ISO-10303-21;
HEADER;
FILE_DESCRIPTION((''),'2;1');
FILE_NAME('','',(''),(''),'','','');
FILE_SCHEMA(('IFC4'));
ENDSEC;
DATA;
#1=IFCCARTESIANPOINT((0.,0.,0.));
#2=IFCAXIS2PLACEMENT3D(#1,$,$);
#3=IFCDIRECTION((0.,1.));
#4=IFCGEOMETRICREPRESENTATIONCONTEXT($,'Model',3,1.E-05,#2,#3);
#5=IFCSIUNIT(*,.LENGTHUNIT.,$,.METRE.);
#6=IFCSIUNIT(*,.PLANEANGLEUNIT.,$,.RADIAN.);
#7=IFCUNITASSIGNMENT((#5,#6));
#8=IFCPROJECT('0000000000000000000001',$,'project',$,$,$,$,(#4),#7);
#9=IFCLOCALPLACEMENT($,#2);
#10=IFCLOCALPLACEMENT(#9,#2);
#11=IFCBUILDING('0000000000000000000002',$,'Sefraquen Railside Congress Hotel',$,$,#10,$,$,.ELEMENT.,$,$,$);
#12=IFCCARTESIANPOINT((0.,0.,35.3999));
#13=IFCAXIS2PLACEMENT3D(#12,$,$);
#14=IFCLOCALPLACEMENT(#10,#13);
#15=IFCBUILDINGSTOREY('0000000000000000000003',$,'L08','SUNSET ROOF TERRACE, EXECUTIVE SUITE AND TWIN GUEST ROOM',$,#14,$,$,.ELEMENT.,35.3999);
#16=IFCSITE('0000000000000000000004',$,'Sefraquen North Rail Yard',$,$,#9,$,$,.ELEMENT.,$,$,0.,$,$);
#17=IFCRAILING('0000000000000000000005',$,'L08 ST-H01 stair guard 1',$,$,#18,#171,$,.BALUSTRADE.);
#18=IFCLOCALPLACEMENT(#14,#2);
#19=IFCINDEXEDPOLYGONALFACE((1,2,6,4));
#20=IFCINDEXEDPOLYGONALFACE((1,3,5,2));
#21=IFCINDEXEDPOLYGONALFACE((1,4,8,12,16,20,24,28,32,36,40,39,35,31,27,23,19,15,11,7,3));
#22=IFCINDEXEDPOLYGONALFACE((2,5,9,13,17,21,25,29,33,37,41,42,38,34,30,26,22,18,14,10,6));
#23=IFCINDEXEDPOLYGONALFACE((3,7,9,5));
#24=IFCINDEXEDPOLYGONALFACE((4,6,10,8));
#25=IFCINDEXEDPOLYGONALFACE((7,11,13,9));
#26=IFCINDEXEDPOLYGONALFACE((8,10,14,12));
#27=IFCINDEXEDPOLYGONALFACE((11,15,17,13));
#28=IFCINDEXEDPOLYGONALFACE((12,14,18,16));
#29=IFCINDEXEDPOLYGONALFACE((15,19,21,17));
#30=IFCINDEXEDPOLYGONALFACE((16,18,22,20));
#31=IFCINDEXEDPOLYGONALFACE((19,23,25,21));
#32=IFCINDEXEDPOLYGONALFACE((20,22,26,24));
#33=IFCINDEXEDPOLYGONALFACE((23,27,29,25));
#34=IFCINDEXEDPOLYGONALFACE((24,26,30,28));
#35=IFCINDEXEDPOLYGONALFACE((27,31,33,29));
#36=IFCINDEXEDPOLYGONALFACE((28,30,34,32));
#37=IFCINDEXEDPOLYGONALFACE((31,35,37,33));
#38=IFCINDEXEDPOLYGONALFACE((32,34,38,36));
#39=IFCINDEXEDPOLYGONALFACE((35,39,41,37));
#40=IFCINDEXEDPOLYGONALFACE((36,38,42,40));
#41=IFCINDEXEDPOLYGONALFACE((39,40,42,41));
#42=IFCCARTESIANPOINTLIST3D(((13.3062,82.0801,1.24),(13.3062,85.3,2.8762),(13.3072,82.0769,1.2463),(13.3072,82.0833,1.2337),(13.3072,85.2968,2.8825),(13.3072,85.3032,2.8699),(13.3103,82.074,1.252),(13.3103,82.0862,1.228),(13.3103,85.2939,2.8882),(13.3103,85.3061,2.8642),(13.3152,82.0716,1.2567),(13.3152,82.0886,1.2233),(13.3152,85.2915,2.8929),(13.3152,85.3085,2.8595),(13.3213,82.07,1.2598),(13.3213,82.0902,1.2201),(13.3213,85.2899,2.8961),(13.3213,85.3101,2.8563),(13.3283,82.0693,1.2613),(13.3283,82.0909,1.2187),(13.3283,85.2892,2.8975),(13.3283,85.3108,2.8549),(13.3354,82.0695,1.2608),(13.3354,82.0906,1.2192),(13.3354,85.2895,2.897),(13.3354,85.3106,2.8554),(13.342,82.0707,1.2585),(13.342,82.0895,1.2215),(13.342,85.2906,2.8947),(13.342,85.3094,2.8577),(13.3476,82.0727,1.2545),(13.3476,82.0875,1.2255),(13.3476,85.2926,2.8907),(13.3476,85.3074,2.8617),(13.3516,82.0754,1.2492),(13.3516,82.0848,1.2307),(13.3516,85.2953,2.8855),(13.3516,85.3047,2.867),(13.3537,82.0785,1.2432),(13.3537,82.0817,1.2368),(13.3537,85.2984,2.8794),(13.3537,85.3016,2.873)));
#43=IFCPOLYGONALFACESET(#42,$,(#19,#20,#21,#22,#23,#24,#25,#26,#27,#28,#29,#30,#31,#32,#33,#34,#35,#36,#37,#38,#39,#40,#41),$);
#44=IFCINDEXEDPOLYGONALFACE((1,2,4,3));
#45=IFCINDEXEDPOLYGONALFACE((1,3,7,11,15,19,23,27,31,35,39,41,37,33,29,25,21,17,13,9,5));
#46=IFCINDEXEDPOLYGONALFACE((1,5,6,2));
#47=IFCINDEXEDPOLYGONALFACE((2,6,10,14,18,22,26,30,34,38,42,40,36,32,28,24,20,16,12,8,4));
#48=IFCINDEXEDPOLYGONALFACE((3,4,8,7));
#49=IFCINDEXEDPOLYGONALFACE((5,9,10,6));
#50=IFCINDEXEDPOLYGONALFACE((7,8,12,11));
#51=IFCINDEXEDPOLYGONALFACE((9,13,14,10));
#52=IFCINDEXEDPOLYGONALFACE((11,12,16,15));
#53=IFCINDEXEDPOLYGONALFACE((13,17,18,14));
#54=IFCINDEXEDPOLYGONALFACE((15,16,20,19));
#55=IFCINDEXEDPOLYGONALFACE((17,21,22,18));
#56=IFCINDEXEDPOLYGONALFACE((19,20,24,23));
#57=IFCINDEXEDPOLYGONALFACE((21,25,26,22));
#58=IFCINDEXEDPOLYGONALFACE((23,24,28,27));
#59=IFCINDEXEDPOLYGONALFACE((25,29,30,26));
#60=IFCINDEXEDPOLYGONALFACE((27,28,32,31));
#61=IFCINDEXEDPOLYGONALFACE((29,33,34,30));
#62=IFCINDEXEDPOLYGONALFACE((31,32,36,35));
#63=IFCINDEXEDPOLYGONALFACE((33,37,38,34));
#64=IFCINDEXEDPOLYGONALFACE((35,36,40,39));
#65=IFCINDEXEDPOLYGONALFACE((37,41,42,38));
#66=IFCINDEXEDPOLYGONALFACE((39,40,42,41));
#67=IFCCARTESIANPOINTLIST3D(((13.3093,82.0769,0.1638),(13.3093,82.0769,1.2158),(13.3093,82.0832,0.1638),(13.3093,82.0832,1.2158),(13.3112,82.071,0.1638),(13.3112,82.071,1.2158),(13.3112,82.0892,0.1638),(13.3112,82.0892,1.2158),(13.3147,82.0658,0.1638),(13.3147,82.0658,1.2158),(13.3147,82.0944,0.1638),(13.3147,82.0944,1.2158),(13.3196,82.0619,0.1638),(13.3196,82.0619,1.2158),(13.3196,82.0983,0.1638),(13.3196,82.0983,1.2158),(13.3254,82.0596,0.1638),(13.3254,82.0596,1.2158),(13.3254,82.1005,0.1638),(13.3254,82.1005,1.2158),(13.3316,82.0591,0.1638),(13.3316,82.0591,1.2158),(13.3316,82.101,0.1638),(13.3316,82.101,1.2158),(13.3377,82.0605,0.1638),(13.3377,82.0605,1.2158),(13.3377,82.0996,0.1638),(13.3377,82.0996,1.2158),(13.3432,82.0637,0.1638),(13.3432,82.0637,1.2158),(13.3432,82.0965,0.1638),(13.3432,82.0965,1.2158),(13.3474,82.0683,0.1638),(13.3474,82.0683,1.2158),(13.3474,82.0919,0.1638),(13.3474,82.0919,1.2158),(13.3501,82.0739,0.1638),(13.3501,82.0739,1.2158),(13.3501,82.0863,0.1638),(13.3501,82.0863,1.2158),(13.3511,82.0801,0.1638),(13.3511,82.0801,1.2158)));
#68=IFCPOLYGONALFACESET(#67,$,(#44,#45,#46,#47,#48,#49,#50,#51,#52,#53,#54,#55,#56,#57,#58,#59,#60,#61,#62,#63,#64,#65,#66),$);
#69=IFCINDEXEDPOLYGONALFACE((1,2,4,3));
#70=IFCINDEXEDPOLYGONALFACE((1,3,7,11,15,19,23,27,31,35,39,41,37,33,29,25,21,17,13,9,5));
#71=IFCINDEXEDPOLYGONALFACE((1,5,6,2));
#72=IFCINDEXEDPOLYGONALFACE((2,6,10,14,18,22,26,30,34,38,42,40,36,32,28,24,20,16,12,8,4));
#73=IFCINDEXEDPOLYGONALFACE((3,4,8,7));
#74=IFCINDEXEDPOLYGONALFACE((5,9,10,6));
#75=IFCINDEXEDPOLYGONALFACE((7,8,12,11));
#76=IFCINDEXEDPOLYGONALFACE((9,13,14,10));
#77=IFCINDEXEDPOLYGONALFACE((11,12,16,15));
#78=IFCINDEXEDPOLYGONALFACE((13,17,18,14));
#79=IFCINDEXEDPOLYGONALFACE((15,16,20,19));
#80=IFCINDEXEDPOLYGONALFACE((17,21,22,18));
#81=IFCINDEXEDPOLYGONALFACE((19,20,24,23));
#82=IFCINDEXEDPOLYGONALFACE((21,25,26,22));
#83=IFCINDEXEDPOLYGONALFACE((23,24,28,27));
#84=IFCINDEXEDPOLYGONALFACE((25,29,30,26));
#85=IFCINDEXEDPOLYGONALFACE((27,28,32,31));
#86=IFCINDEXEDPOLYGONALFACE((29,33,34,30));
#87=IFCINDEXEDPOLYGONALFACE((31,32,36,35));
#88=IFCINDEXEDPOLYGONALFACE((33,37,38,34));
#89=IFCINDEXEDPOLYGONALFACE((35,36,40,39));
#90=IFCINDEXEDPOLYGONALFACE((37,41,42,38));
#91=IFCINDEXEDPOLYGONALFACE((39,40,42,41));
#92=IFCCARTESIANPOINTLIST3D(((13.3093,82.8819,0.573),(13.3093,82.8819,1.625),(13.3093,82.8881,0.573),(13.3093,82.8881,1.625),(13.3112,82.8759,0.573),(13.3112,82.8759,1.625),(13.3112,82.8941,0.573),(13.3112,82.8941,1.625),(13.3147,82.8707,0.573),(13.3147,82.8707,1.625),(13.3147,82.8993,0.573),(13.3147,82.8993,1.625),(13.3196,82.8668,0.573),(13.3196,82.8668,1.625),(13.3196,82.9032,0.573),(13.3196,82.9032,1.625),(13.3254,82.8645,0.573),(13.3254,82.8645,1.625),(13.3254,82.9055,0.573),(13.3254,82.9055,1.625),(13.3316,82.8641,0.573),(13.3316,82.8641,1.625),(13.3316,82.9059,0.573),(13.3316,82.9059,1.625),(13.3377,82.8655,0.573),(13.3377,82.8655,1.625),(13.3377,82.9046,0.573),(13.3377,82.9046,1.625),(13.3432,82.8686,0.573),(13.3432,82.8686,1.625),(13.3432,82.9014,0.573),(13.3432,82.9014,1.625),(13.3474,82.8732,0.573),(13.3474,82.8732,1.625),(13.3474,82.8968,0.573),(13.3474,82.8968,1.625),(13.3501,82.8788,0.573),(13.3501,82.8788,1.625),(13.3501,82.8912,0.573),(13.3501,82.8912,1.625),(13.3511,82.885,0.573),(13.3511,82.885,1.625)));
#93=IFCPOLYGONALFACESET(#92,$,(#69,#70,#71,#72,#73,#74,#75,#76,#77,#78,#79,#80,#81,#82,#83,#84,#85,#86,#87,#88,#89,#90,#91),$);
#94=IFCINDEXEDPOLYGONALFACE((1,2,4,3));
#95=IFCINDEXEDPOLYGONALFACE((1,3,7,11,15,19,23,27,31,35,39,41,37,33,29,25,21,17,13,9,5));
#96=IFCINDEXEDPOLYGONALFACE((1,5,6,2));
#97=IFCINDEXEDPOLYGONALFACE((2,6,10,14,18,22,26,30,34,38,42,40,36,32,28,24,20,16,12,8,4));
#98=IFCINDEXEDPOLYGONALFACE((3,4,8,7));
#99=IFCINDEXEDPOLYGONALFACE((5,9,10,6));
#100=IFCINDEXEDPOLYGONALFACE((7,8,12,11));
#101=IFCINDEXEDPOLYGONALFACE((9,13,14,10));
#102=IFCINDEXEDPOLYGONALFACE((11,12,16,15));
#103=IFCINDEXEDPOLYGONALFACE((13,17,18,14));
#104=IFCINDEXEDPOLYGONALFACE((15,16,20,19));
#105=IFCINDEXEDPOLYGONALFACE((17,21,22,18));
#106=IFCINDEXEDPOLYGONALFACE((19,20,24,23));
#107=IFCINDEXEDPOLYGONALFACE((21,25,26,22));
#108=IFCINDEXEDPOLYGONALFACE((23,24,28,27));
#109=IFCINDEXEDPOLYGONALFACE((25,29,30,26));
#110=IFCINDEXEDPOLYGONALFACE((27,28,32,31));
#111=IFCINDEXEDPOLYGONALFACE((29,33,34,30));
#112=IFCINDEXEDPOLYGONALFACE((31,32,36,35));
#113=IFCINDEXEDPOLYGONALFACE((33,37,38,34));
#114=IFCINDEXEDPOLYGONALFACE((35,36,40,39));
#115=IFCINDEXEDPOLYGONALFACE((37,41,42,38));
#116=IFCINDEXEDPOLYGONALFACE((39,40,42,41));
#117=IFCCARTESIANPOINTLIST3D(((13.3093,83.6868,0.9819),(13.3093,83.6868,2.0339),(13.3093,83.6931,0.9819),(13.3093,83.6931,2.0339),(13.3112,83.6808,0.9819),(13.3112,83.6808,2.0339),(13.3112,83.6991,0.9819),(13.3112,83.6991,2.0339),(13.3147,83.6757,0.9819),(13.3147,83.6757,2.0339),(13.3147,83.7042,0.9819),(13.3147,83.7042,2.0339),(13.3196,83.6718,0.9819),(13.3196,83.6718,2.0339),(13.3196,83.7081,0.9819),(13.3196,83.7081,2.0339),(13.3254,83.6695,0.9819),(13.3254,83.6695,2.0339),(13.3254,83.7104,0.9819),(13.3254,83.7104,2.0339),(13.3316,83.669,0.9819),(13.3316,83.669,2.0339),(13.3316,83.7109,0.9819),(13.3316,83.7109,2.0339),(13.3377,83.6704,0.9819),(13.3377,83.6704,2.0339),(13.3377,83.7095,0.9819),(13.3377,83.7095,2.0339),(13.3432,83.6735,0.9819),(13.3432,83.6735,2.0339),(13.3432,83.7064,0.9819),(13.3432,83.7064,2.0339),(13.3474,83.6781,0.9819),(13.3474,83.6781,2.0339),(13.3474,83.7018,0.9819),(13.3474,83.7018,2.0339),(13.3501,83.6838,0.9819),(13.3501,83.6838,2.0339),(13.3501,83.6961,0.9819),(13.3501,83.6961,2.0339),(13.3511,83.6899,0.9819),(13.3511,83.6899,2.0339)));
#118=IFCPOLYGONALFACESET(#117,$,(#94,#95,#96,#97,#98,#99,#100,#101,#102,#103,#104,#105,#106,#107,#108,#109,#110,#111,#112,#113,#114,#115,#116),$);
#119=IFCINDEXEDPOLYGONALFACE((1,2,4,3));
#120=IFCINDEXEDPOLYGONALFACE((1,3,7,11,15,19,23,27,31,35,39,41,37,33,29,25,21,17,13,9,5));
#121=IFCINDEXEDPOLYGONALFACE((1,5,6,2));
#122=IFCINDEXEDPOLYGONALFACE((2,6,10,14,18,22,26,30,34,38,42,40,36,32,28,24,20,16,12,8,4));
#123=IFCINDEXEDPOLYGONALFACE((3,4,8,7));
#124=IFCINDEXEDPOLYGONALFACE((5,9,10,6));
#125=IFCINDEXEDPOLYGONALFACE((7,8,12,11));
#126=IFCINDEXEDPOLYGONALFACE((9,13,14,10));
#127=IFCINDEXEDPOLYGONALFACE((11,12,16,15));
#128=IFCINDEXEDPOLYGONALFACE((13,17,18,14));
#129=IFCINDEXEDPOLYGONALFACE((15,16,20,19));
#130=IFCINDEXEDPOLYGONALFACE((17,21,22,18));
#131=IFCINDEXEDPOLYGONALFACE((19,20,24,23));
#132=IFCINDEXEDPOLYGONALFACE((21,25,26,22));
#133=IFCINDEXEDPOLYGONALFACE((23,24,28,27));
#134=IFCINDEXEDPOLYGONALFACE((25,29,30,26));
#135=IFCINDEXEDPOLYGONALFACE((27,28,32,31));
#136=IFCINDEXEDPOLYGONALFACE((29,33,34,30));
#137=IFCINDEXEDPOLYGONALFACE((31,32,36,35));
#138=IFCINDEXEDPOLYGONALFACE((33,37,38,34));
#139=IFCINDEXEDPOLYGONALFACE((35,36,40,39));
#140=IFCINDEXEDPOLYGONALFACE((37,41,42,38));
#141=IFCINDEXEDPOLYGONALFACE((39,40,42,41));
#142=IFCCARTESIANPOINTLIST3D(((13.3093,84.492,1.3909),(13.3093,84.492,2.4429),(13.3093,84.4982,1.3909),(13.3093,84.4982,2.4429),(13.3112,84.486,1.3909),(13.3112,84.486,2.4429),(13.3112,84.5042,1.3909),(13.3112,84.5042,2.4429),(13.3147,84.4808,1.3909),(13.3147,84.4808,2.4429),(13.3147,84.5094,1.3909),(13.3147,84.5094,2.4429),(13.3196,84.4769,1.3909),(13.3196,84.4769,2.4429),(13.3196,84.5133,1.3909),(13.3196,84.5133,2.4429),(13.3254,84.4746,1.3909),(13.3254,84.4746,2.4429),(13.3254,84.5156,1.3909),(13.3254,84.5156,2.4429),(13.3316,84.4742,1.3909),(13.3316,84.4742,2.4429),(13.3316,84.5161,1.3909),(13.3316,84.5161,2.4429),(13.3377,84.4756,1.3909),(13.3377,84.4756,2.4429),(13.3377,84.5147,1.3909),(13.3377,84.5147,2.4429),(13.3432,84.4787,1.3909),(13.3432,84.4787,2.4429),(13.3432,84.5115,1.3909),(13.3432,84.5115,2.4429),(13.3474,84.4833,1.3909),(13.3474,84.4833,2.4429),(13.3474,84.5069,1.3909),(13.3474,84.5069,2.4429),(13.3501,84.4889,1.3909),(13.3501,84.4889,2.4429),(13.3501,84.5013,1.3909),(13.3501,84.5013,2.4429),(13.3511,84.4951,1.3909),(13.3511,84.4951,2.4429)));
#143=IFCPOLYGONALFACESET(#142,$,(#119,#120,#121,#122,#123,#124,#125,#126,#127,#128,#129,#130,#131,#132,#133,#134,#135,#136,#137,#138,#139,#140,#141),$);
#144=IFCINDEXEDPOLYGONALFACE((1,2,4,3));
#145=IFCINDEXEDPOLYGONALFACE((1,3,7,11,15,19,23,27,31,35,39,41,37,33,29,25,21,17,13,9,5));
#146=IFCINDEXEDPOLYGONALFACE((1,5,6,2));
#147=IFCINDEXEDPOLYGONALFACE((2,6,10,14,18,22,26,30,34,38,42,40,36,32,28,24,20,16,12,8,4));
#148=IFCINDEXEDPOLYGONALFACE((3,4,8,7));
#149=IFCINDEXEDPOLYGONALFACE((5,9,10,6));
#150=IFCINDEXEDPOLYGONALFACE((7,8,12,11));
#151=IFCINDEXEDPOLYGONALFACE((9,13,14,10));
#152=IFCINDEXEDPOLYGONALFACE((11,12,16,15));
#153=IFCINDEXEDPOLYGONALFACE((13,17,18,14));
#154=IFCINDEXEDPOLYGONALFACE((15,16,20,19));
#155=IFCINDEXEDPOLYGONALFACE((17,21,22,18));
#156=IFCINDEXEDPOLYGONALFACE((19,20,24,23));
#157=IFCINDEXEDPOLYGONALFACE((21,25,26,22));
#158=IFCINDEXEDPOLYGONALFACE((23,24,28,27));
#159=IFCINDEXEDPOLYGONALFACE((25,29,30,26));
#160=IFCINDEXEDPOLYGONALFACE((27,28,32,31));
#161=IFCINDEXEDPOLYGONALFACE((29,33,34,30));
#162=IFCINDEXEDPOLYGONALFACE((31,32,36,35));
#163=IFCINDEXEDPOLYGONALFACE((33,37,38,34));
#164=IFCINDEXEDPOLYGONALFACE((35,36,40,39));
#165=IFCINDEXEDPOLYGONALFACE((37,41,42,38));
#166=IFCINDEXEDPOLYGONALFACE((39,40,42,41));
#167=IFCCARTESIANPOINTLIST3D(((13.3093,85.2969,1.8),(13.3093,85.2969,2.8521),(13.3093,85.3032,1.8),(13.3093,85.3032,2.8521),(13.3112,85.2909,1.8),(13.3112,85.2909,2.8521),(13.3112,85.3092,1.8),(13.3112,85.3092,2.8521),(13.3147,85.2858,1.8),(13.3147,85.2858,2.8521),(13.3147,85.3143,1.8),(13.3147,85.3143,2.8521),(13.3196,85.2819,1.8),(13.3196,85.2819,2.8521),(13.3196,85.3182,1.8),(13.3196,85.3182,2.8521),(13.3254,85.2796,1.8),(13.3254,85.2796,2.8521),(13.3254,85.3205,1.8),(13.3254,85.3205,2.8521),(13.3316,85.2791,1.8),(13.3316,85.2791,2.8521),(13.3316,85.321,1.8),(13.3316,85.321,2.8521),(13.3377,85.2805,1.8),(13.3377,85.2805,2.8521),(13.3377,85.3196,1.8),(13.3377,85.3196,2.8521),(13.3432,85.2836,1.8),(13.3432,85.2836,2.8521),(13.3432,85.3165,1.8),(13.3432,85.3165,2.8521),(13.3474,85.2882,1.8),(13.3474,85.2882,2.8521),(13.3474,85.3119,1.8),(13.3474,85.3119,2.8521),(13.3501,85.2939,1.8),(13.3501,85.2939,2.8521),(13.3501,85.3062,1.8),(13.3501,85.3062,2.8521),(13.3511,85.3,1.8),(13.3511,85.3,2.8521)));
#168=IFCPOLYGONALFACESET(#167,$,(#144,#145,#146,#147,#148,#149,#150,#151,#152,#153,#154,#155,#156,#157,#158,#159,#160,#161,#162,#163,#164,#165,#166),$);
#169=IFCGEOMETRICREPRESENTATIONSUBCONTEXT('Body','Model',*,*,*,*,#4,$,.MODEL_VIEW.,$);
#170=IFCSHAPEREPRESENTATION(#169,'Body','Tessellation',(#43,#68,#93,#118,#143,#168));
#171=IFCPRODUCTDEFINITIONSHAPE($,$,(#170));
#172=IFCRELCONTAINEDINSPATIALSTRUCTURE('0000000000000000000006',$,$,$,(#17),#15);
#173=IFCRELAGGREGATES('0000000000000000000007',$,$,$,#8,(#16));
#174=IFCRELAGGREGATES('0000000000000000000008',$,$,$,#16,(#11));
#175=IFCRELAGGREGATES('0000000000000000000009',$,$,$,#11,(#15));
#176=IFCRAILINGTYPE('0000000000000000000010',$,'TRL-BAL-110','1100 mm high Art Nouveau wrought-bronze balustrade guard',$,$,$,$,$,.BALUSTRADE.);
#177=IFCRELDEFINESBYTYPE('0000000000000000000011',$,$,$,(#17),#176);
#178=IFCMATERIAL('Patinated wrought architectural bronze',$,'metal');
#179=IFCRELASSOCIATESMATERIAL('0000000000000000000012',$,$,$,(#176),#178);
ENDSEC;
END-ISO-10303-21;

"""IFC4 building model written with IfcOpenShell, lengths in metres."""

from ifc_helpers import new_model, si_unit, direction, frame, origin, origin_2d, place, context, subcontext, project, spatial, circle, extrude, material, type_object, element, save


model = new_model("IFC4")

# Units and contexts
model_context = context("Model", 3, precision=1e-05, world=origin(), true_north=direction((0.0, 1.0)))
body_context = subcontext(model_context, "Body", "Model", "MODEL_VIEW")
ifc_project = project(units=[si_unit("LENGTHUNIT", "METRE"), si_unit("PLANEANGLEUNIT", "RADIAN")], contexts=[model_context])

# Site, building, storey
site_placement = place(None, origin())
site = spatial("IfcSite", under=ifc_project, at=site_placement, Name="Sefraquen North Rail Yard", CompositionType="ELEMENT", RefElevation=0.0)
building_placement = place(site_placement, origin())
building = spatial("IfcBuilding", under=site, at=building_placement, Name="Sefraquen Railside Congress Hotel", CompositionType="ELEMENT")
storey_placement = place(building_placement, frame((0.0, 0.0, 35.3999)))
storey = spatial("IfcBuildingStorey", under=building, at=storey_placement, Name="L08", Description="SUNSET ROOF TERRACE, EXECUTIVE SUITE AND TWIN GUEST ROOM", CompositionType="ELEMENT", Elevation=35.3999)

# Railing
ifc_material_1 = material(Name="Patinated wrought architectural bronze", Category="metal")
railing_type_1 = type_object("IfcRailingType", Name="TRL-BAL-110", Description="1100 mm high Art Nouveau wrought-bronze balustrade guard", PredefinedType="BALUSTRADE", material=ifc_material_1)
railing_1_placement = place(storey_placement, frame((13.3301, 82.0801, 0.1638)))
element("IfcRailing", 1, at=railing_1_placement, inside=storey, type_object=railing_type_1, Name="L08 ST-H01 stair guard 1", PredefinedType="BALUSTRADE", context=body_context, shape_type="SweptSolid", body=[
    extrude(circle(Radius=0.0239, at=origin_2d()), frame((0.0, 0.0, 1.0762), z_axis=(0.0, 0.891502, 0.453017), x_axis=(-1.0, 0.0, 0.0)), (0.0, 0.0, 1.0), 3.6118),
    extrude(circle(Radius=0.021, at=origin_2d()), origin(), (0.0, 0.0, 1.0), 1.052),
    extrude(circle(Radius=0.021, at=origin_2d()), frame((0.0, 0.8049, 0.4092)), (0.0, 0.0, 1.0), 1.052),
    extrude(circle(Radius=0.021, at=origin_2d()), frame((0.0, 1.6099, 0.8181)), (0.0, 0.0, 1.0), 1.052),
    extrude(circle(Radius=0.021, at=origin_2d()), frame((0.0, 2.415, 1.2271)), (0.0, 0.0, 1.0), 1.052),
    extrude(circle(Radius=0.021, at=origin_2d()), frame((0.0, 3.22, 1.6362)), (0.0, 0.0, 1.0), 1.052),
])

save(model, "model.ifc")
